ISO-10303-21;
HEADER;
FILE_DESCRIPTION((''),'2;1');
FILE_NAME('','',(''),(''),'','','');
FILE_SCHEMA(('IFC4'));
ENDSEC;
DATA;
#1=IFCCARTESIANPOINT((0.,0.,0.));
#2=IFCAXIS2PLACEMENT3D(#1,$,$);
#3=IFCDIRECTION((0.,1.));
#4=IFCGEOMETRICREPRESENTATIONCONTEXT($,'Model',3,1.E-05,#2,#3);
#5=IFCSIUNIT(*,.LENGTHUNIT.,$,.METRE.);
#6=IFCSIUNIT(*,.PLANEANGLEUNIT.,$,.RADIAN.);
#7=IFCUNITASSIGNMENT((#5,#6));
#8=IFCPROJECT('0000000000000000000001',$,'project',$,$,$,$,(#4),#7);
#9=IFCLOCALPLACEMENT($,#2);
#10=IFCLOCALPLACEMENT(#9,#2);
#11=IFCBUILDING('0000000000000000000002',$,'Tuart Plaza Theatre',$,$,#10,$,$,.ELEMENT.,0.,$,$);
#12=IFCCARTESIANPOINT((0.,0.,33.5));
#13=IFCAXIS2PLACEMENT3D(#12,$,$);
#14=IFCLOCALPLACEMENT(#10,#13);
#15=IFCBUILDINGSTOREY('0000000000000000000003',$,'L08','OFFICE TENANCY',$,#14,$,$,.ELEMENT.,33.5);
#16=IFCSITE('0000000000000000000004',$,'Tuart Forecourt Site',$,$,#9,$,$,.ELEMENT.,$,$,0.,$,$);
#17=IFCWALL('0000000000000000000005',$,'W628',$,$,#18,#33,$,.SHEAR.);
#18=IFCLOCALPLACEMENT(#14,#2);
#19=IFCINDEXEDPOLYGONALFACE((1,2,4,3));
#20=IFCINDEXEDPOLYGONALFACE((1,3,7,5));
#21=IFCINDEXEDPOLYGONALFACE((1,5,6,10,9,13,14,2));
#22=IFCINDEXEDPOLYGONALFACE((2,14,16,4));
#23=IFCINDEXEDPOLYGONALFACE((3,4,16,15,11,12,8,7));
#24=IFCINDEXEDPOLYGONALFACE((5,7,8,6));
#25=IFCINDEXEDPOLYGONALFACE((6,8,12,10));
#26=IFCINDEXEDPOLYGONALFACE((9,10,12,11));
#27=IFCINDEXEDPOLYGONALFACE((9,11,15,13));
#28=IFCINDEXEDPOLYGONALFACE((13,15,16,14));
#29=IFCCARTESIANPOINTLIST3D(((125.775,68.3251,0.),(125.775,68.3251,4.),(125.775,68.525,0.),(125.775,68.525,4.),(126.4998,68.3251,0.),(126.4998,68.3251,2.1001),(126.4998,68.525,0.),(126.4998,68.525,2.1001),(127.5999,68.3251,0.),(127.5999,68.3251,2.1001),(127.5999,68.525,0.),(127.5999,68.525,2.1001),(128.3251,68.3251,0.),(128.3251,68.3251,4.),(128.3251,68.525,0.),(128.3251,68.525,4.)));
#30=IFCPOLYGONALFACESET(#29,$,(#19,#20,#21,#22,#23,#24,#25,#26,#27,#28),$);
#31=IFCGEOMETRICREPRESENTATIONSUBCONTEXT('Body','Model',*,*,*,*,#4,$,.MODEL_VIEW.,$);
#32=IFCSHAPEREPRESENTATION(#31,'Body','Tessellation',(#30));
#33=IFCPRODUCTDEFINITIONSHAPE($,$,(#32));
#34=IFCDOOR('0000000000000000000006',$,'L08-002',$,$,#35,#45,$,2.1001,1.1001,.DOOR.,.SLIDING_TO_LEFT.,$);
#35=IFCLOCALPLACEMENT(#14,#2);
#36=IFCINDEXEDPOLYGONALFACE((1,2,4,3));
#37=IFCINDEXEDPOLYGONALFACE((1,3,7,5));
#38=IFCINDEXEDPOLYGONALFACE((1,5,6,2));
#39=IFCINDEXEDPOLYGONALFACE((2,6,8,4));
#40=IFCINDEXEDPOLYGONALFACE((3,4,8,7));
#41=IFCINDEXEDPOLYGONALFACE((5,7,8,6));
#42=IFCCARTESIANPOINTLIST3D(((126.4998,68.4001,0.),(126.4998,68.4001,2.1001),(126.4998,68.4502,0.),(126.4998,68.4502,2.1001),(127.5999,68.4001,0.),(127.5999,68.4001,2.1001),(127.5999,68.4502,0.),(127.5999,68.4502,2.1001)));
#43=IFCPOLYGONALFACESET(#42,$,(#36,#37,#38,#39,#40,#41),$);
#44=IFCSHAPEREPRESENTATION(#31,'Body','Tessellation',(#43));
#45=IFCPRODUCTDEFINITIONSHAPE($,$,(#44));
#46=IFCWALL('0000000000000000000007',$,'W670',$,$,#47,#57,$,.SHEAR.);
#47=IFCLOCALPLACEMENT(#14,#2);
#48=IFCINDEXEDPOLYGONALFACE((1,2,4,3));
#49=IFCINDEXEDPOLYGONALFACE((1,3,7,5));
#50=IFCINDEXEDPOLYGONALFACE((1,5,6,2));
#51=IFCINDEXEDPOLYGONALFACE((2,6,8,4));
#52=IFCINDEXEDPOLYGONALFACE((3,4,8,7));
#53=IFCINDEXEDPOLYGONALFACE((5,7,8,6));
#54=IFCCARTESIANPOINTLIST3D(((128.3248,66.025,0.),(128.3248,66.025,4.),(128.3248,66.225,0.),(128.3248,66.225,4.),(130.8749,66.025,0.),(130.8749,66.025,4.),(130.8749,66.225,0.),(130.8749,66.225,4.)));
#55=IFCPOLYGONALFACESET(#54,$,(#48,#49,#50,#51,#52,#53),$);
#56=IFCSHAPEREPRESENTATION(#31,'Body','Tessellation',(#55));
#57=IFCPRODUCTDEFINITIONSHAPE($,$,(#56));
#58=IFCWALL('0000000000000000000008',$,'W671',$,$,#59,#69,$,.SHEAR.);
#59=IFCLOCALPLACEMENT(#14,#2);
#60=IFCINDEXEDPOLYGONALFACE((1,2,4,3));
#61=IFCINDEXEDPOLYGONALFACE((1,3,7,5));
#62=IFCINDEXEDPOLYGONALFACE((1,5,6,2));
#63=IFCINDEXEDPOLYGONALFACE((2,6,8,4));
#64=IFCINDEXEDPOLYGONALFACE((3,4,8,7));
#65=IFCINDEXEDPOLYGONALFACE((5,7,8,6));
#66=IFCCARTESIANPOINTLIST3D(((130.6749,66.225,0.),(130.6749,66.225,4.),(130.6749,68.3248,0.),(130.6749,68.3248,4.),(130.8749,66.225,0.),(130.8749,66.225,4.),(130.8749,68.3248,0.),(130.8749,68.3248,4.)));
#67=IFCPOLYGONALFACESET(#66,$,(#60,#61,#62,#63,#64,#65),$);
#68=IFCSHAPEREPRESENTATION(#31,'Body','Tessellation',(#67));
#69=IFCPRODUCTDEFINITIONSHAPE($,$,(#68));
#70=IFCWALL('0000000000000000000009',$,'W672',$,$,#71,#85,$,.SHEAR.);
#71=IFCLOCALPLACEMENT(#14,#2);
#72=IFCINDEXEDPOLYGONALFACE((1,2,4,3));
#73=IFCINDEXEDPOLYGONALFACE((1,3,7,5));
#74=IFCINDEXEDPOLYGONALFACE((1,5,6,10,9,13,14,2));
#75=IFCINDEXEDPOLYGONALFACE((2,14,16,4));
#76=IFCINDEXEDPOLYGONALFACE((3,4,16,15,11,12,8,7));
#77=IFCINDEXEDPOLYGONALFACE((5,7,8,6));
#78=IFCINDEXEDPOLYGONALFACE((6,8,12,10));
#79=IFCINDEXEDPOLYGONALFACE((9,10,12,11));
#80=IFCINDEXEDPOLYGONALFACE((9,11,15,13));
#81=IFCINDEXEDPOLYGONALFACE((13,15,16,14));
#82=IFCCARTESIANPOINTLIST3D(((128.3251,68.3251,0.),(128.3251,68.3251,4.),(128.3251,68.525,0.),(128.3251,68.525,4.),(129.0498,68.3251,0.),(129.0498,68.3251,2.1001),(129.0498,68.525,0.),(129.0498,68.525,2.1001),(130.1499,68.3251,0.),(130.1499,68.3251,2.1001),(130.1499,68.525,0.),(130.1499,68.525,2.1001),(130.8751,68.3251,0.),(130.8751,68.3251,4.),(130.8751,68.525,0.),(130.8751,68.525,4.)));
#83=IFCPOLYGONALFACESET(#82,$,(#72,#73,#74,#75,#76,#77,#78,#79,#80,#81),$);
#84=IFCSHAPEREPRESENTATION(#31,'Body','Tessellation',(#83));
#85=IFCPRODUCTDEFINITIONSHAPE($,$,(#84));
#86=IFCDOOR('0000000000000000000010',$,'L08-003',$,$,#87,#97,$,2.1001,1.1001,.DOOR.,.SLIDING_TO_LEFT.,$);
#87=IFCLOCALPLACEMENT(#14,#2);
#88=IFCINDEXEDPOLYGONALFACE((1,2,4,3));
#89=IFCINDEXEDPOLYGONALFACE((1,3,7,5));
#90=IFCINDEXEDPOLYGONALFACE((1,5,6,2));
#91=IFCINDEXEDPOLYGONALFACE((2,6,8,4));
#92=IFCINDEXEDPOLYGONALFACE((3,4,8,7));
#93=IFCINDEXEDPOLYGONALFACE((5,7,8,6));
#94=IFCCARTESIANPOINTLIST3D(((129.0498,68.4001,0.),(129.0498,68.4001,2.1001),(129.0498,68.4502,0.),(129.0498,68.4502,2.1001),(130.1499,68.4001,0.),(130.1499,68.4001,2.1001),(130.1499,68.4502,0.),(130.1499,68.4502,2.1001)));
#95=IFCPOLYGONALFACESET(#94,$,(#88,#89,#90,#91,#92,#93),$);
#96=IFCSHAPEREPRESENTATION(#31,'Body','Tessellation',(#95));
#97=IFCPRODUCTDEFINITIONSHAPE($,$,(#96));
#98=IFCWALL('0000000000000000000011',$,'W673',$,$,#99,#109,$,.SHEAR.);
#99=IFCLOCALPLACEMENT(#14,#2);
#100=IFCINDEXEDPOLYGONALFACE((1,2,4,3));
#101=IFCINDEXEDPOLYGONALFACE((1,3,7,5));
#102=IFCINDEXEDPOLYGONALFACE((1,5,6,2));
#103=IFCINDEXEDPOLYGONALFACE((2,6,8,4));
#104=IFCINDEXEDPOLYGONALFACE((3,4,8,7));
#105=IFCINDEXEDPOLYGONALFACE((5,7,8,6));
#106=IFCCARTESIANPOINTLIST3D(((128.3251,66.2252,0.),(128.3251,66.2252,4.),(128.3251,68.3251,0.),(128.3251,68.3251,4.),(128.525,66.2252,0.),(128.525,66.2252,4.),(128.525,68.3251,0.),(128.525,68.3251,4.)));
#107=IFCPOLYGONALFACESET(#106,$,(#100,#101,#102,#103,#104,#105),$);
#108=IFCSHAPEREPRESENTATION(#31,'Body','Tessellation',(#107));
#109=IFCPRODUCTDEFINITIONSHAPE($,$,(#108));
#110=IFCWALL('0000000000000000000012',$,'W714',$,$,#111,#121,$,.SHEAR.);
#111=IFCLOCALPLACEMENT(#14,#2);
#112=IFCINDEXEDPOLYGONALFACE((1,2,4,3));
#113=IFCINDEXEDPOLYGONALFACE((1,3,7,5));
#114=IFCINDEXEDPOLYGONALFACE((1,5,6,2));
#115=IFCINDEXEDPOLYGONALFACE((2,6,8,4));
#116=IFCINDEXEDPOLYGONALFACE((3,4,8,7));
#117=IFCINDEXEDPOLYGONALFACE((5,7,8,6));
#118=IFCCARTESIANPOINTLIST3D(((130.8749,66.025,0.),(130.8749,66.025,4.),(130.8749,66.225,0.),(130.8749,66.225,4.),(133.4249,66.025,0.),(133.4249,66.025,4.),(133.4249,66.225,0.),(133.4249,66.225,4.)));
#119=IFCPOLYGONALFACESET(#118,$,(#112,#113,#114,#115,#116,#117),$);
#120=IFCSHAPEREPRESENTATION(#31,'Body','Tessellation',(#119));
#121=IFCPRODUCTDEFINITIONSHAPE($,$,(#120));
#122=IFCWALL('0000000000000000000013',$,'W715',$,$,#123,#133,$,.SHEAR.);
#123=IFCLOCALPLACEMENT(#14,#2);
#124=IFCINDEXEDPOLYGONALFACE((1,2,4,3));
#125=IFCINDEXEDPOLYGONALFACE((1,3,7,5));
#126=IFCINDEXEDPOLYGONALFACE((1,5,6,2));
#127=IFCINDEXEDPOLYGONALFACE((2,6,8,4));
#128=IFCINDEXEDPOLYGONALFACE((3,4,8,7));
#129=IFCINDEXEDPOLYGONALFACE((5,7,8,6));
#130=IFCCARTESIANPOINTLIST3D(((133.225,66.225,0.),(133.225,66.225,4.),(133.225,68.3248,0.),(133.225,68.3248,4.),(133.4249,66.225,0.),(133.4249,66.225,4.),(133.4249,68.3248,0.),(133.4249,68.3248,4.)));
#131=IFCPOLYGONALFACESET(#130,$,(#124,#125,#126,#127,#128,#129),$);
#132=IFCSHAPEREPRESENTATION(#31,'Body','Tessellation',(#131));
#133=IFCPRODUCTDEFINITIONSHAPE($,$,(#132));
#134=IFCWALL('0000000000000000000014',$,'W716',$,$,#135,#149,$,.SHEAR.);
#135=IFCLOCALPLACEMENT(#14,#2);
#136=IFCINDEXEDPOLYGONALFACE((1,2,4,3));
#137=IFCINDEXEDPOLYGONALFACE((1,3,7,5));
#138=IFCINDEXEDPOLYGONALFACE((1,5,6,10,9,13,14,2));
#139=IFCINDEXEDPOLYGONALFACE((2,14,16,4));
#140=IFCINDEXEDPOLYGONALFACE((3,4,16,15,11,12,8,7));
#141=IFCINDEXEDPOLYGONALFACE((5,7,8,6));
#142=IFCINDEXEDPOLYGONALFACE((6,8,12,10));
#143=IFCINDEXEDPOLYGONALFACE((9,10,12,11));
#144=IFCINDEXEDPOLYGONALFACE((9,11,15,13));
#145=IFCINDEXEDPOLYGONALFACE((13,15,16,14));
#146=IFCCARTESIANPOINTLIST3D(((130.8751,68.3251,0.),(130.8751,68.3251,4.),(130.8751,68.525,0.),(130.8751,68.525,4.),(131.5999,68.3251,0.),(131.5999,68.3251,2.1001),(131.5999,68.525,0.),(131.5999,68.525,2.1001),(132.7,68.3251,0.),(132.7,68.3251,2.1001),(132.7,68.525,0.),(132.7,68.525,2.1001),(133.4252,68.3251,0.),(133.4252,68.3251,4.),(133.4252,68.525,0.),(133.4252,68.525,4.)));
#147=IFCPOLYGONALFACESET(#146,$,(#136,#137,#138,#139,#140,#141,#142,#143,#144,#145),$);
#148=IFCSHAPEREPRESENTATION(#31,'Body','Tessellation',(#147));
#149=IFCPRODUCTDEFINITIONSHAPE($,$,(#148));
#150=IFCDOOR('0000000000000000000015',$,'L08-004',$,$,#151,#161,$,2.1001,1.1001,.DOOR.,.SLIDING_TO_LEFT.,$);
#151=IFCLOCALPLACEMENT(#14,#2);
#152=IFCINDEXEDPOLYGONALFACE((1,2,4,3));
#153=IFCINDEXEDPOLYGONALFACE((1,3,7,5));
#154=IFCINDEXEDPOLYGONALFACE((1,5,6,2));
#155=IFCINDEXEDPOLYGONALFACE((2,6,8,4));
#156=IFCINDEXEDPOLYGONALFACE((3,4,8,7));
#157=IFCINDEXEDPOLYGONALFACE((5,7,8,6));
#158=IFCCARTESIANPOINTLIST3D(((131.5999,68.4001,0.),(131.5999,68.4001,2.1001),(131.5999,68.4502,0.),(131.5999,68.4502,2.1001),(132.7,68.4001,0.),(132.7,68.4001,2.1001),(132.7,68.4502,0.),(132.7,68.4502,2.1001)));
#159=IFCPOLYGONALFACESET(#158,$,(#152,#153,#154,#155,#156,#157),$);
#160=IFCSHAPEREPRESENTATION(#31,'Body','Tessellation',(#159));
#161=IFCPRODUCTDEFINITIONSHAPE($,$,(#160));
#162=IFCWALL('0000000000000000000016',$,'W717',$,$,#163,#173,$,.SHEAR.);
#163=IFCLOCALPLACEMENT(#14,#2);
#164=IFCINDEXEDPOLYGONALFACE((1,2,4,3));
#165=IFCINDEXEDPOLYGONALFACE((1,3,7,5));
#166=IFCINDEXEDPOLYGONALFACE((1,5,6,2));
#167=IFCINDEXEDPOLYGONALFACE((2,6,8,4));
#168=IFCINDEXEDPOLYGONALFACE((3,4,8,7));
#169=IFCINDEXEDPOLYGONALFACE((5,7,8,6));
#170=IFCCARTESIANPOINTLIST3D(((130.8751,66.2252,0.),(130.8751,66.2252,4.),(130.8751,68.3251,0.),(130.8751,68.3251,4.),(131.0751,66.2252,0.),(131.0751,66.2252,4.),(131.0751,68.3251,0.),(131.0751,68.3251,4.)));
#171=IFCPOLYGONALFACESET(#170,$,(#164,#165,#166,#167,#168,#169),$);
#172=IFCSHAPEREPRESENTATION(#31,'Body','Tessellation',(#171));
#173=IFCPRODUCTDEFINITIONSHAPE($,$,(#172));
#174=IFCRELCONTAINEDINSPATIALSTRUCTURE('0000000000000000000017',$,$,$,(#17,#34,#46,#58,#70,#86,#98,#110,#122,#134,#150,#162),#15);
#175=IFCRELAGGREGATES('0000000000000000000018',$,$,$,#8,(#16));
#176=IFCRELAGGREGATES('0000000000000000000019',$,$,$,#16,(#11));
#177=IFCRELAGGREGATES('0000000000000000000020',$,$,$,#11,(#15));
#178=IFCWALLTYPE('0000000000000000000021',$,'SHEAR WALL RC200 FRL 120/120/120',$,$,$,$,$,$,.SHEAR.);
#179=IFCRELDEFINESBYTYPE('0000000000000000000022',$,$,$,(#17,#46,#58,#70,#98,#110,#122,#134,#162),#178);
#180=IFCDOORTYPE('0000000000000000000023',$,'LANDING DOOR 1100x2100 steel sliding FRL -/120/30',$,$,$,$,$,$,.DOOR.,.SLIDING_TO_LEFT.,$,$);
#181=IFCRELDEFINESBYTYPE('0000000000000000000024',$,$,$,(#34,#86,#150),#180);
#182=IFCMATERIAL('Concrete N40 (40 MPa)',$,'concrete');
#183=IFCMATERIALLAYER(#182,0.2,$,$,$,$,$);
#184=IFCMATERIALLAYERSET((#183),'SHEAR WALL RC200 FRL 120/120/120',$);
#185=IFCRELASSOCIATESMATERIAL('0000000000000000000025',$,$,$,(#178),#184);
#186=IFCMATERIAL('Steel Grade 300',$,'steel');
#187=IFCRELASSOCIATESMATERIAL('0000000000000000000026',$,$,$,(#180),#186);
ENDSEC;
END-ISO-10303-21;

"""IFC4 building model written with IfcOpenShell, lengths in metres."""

from ifc_helpers import new_model, si_unit, direction, frame, frame_2d, origin, place, context, subcontext, project, spatial, rectangle, extrude, material, layer, layer_set, type_object, element, fill, save


model = new_model("IFC4")

# Units and contexts
model_context = context("Model", 3, precision=1e-05, world=origin(), true_north=direction((0.0, 1.0)))
body_context = subcontext(model_context, "Body", "Model", "MODEL_VIEW")
ifc_project = project(units=[si_unit("LENGTHUNIT", "METRE"), si_unit("PLANEANGLEUNIT", "RADIAN")], contexts=[model_context])

# Site, building, storey
site_placement = place(None, origin())
site = spatial("IfcSite", under=ifc_project, at=site_placement, Name="Tuart Forecourt Site", CompositionType="ELEMENT", RefElevation=0.0)
building_placement = place(site_placement, origin())
building = spatial("IfcBuilding", under=site, at=building_placement, Name="Tuart Plaza Theatre", CompositionType="ELEMENT", ElevationOfRefHeight=0.0)
storey_placement = place(building_placement, frame((0.0, 0.0, 33.5)))
storey = spatial("IfcBuildingStorey", under=building, at=storey_placement, Name="L08", Description="OFFICE TENANCY", CompositionType="ELEMENT", Elevation=33.5)

# Shared definitions
ifc_material_1 = material(Name="Concrete N40 (40 MPa)", Category="concrete")
ifc_layer_1 = layer(ifc_material_1, 0.2)
ifc_layer_set_1 = layer_set([ifc_layer_1], Name="SHEAR WALL RC200 FRL 120/120/120")
wall_type_1 = type_object("IfcWallType", Name="SHEAR WALL RC200 FRL 120/120/120", PredefinedType="SHEAR", material=ifc_layer_set_1)

# Wall, opening, door
wall_1_placement = place(storey_placement, frame((128.325, 68.425, 0.0), z_axis=(0.0, 0.0, 1.0), x_axis=(-1.0, 0.0, 0.0)))
wall_1 = element("IfcWall", 1, at=wall_1_placement, inside=storey, type_object=wall_type_1, Name="W628", PredefinedType="SHEAR", context=body_context, shape_type="SweptSolid", body=[
    extrude(rectangle(XDim=2.55, YDim=0.2, at=frame_2d((1.2749, 0.0))), origin(), (0.0, 0.0, 1.0), 4.0),
])
opening_1_placement = place(wall_1_placement, frame((0.7251, 0.0, 0.0)))
opening_1 = element("IfcOpeningElement", 2, at=opening_1_placement, cuts=wall_1, PredefinedType="OPENING", context=body_context, shape_type="SweptSolid", body=[
    extrude(rectangle(XDim=1.1001, YDim=2.1001, at=frame_2d((0.55, 1.05))), frame((0.0, 0.1099, 0.0), z_axis=(0.0, -1.0, 0.0), x_axis=(1.0, 0.0, 0.0)), (0.0, 0.0, 1.0), 0.22),
])
ifc_material_2 = material(Name="Steel Grade 300", Category="steel")
door_type_1 = type_object("IfcDoorType", Name="LANDING DOOR 1100x2100 steel sliding FRL -/120/30", OperationType="SLIDING_TO_LEFT", PredefinedType="DOOR", material=ifc_material_2)
door_1_placement = place(opening_1_placement, origin())
door_1 = element("IfcDoor", 3, at=door_1_placement, inside=storey, type_object=door_type_1, Name="L08-002", OperationType="SLIDING_TO_LEFT", OverallHeight=2.1001, OverallWidth=1.1001, PredefinedType="DOOR", context=body_context, shape_type="SweptSolid", body=[
    extrude(rectangle(XDim=1.1001, YDim=2.1001, at=frame_2d((0.55, 1.05))), frame((0.0, 0.0249, 0.0), z_axis=(0.0, -1.0, 0.0), x_axis=(1.0, 0.0, 0.0)), (0.0, 0.0, 1.0), 0.05),
])
fill(opening_1, door_1)

# Walls
wall_2_placement = place(storey_placement, frame((128.325, 66.125, 0.0), z_axis=(0.0, 0.0, 1.0), x_axis=(1.0, 0.0, 0.0)))
element("IfcWall", 4, at=wall_2_placement, inside=storey, type_object=wall_type_1, Name="W670", PredefinedType="SHEAR", context=body_context, shape_type="SweptSolid", body=[
    extrude(rectangle(XDim=2.55, YDim=0.2, at=frame_2d((1.2749, 0.0))), origin(), (0.0, 0.0, 1.0), 4.0),
])
wall_3_placement = place(storey_placement, frame((130.7749, 66.2251, 0.0), z_axis=(0.0, 0.0, 1.0), x_axis=(0.0, 1.0, 0.0)))
element("IfcWall", 5, at=wall_3_placement, inside=storey, type_object=wall_type_1, Name="W671", PredefinedType="SHEAR", context=body_context, shape_type="SweptSolid", body=[
    extrude(rectangle(XDim=2.0999, YDim=0.2, at=frame_2d((1.0498, 0.0))), origin(), (0.0, 0.0, 1.0), 4.0),
])

# Wall, opening, door
wall_4_placement = place(storey_placement, frame((130.875, 68.425, 0.0), z_axis=(0.0, 0.0, 1.0), x_axis=(-1.0, 0.0, 0.0)))
wall_4 = element("IfcWall", 6, at=wall_4_placement, inside=storey, type_object=wall_type_1, Name="W672", PredefinedType="SHEAR", context=body_context, shape_type="SweptSolid", body=[
    extrude(rectangle(XDim=2.55, YDim=0.2, at=frame_2d((1.2749, 0.0))), origin(), (0.0, 0.0, 1.0), 4.0),
])
opening_2_placement = place(wall_4_placement, frame((0.7251, 0.0, 0.0)))
opening_2 = element("IfcOpeningElement", 7, at=opening_2_placement, cuts=wall_4, PredefinedType="OPENING", context=body_context, shape_type="SweptSolid", body=[
    extrude(rectangle(XDim=1.1001, YDim=2.1001, at=frame_2d((0.55, 1.05))), frame((0.0, 0.1099, 0.0), z_axis=(0.0, -1.0, 0.0), x_axis=(1.0, 0.0, 0.0)), (0.0, 0.0, 1.0), 0.22),
])
door_2_placement = place(opening_2_placement, origin())
door_2 = element("IfcDoor", 8, at=door_2_placement, inside=storey, type_object=door_type_1, Name="L08-003", OperationType="SLIDING_TO_LEFT", OverallHeight=2.1001, OverallWidth=1.1001, PredefinedType="DOOR", context=body_context, shape_type="SweptSolid", body=[
    extrude(rectangle(XDim=1.1001, YDim=2.1001, at=frame_2d((0.55, 1.05))), frame((0.0, 0.0249, 0.0), z_axis=(0.0, -1.0, 0.0), x_axis=(1.0, 0.0, 0.0)), (0.0, 0.0, 1.0), 0.05),
])
fill(opening_2, door_2)

# Walls
wall_5_placement = place(storey_placement, frame((128.425, 68.325, 0.0), z_axis=(0.0, 0.0, 1.0), x_axis=(0.0, -1.0, 0.0)))
element("IfcWall", 9, at=wall_5_placement, inside=storey, type_object=wall_type_1, Name="W673", PredefinedType="SHEAR", context=body_context, shape_type="SweptSolid", body=[
    extrude(rectangle(XDim=2.0999, YDim=0.2, at=frame_2d((1.0498, 0.0))), origin(), (0.0, 0.0, 1.0), 4.0),
])
wall_6_placement = place(storey_placement, frame((130.875, 66.125, 0.0), z_axis=(0.0, 0.0, 1.0), x_axis=(1.0, 0.0, 0.0)))
element("IfcWall", 10, at=wall_6_placement, inside=storey, type_object=wall_type_1, Name="W714", PredefinedType="SHEAR", context=body_context, shape_type="SweptSolid", body=[
    extrude(rectangle(XDim=2.55, YDim=0.2, at=frame_2d((1.2749, 0.0))), origin(), (0.0, 0.0, 1.0), 4.0),
])
wall_7_placement = place(storey_placement, frame((133.325, 66.2251, 0.0), z_axis=(0.0, 0.0, 1.0), x_axis=(0.0, 1.0, 0.0)))
element("IfcWall", 11, at=wall_7_placement, inside=storey, type_object=wall_type_1, Name="W715", PredefinedType="SHEAR", context=body_context, shape_type="SweptSolid", body=[
    extrude(rectangle(XDim=2.0999, YDim=0.2, at=frame_2d((1.0498, 0.0))), origin(), (0.0, 0.0, 1.0), 4.0),
])

# Wall, opening, door
wall_8_placement = place(storey_placement, frame((133.425, 68.425, 0.0), z_axis=(0.0, 0.0, 1.0), x_axis=(-1.0, 0.0, 0.0)))
wall_8 = element("IfcWall", 12, at=wall_8_placement, inside=storey, type_object=wall_type_1, Name="W716", PredefinedType="SHEAR", context=body_context, shape_type="SweptSolid", body=[
    extrude(rectangle(XDim=2.55, YDim=0.2, at=frame_2d((1.2749, 0.0))), origin(), (0.0, 0.0, 1.0), 4.0),
])
opening_3_placement = place(wall_8_placement, frame((0.7251, 0.0, 0.0)))
opening_3 = element("IfcOpeningElement", 13, at=opening_3_placement, cuts=wall_8, PredefinedType="OPENING", context=body_context, shape_type="SweptSolid", body=[
    extrude(rectangle(XDim=1.1001, YDim=2.1001, at=frame_2d((0.55, 1.05))), frame((0.0, 0.1099, 0.0), z_axis=(0.0, -1.0, 0.0), x_axis=(1.0, 0.0, 0.0)), (0.0, 0.0, 1.0), 0.22),
])
door_3_placement = place(opening_3_placement, origin())
door_3 = element("IfcDoor", 14, at=door_3_placement, inside=storey, type_object=door_type_1, Name="L08-004", OperationType="SLIDING_TO_LEFT", OverallHeight=2.1001, OverallWidth=1.1001, PredefinedType="DOOR", context=body_context, shape_type="SweptSolid", body=[
    extrude(rectangle(XDim=1.1001, YDim=2.1001, at=frame_2d((0.55, 1.05))), frame((0.0, 0.0249, 0.0), z_axis=(0.0, -1.0, 0.0), x_axis=(1.0, 0.0, 0.0)), (0.0, 0.0, 1.0), 0.05),
])
fill(opening_3, door_3)

# Wall
wall_9_placement = place(storey_placement, frame((130.9751, 68.325, 0.0), z_axis=(0.0, 0.0, 1.0), x_axis=(0.0, -1.0, 0.0)))
element("IfcWall", 15, at=wall_9_placement, inside=storey, type_object=wall_type_1, Name="W717", PredefinedType="SHEAR", context=body_context, shape_type="SweptSolid", body=[
    extrude(rectangle(XDim=2.0999, YDim=0.2, at=frame_2d((1.0498, 0.0))), origin(), (0.0, 0.0, 1.0), 4.0),
])

save(model, "model.ifc")
